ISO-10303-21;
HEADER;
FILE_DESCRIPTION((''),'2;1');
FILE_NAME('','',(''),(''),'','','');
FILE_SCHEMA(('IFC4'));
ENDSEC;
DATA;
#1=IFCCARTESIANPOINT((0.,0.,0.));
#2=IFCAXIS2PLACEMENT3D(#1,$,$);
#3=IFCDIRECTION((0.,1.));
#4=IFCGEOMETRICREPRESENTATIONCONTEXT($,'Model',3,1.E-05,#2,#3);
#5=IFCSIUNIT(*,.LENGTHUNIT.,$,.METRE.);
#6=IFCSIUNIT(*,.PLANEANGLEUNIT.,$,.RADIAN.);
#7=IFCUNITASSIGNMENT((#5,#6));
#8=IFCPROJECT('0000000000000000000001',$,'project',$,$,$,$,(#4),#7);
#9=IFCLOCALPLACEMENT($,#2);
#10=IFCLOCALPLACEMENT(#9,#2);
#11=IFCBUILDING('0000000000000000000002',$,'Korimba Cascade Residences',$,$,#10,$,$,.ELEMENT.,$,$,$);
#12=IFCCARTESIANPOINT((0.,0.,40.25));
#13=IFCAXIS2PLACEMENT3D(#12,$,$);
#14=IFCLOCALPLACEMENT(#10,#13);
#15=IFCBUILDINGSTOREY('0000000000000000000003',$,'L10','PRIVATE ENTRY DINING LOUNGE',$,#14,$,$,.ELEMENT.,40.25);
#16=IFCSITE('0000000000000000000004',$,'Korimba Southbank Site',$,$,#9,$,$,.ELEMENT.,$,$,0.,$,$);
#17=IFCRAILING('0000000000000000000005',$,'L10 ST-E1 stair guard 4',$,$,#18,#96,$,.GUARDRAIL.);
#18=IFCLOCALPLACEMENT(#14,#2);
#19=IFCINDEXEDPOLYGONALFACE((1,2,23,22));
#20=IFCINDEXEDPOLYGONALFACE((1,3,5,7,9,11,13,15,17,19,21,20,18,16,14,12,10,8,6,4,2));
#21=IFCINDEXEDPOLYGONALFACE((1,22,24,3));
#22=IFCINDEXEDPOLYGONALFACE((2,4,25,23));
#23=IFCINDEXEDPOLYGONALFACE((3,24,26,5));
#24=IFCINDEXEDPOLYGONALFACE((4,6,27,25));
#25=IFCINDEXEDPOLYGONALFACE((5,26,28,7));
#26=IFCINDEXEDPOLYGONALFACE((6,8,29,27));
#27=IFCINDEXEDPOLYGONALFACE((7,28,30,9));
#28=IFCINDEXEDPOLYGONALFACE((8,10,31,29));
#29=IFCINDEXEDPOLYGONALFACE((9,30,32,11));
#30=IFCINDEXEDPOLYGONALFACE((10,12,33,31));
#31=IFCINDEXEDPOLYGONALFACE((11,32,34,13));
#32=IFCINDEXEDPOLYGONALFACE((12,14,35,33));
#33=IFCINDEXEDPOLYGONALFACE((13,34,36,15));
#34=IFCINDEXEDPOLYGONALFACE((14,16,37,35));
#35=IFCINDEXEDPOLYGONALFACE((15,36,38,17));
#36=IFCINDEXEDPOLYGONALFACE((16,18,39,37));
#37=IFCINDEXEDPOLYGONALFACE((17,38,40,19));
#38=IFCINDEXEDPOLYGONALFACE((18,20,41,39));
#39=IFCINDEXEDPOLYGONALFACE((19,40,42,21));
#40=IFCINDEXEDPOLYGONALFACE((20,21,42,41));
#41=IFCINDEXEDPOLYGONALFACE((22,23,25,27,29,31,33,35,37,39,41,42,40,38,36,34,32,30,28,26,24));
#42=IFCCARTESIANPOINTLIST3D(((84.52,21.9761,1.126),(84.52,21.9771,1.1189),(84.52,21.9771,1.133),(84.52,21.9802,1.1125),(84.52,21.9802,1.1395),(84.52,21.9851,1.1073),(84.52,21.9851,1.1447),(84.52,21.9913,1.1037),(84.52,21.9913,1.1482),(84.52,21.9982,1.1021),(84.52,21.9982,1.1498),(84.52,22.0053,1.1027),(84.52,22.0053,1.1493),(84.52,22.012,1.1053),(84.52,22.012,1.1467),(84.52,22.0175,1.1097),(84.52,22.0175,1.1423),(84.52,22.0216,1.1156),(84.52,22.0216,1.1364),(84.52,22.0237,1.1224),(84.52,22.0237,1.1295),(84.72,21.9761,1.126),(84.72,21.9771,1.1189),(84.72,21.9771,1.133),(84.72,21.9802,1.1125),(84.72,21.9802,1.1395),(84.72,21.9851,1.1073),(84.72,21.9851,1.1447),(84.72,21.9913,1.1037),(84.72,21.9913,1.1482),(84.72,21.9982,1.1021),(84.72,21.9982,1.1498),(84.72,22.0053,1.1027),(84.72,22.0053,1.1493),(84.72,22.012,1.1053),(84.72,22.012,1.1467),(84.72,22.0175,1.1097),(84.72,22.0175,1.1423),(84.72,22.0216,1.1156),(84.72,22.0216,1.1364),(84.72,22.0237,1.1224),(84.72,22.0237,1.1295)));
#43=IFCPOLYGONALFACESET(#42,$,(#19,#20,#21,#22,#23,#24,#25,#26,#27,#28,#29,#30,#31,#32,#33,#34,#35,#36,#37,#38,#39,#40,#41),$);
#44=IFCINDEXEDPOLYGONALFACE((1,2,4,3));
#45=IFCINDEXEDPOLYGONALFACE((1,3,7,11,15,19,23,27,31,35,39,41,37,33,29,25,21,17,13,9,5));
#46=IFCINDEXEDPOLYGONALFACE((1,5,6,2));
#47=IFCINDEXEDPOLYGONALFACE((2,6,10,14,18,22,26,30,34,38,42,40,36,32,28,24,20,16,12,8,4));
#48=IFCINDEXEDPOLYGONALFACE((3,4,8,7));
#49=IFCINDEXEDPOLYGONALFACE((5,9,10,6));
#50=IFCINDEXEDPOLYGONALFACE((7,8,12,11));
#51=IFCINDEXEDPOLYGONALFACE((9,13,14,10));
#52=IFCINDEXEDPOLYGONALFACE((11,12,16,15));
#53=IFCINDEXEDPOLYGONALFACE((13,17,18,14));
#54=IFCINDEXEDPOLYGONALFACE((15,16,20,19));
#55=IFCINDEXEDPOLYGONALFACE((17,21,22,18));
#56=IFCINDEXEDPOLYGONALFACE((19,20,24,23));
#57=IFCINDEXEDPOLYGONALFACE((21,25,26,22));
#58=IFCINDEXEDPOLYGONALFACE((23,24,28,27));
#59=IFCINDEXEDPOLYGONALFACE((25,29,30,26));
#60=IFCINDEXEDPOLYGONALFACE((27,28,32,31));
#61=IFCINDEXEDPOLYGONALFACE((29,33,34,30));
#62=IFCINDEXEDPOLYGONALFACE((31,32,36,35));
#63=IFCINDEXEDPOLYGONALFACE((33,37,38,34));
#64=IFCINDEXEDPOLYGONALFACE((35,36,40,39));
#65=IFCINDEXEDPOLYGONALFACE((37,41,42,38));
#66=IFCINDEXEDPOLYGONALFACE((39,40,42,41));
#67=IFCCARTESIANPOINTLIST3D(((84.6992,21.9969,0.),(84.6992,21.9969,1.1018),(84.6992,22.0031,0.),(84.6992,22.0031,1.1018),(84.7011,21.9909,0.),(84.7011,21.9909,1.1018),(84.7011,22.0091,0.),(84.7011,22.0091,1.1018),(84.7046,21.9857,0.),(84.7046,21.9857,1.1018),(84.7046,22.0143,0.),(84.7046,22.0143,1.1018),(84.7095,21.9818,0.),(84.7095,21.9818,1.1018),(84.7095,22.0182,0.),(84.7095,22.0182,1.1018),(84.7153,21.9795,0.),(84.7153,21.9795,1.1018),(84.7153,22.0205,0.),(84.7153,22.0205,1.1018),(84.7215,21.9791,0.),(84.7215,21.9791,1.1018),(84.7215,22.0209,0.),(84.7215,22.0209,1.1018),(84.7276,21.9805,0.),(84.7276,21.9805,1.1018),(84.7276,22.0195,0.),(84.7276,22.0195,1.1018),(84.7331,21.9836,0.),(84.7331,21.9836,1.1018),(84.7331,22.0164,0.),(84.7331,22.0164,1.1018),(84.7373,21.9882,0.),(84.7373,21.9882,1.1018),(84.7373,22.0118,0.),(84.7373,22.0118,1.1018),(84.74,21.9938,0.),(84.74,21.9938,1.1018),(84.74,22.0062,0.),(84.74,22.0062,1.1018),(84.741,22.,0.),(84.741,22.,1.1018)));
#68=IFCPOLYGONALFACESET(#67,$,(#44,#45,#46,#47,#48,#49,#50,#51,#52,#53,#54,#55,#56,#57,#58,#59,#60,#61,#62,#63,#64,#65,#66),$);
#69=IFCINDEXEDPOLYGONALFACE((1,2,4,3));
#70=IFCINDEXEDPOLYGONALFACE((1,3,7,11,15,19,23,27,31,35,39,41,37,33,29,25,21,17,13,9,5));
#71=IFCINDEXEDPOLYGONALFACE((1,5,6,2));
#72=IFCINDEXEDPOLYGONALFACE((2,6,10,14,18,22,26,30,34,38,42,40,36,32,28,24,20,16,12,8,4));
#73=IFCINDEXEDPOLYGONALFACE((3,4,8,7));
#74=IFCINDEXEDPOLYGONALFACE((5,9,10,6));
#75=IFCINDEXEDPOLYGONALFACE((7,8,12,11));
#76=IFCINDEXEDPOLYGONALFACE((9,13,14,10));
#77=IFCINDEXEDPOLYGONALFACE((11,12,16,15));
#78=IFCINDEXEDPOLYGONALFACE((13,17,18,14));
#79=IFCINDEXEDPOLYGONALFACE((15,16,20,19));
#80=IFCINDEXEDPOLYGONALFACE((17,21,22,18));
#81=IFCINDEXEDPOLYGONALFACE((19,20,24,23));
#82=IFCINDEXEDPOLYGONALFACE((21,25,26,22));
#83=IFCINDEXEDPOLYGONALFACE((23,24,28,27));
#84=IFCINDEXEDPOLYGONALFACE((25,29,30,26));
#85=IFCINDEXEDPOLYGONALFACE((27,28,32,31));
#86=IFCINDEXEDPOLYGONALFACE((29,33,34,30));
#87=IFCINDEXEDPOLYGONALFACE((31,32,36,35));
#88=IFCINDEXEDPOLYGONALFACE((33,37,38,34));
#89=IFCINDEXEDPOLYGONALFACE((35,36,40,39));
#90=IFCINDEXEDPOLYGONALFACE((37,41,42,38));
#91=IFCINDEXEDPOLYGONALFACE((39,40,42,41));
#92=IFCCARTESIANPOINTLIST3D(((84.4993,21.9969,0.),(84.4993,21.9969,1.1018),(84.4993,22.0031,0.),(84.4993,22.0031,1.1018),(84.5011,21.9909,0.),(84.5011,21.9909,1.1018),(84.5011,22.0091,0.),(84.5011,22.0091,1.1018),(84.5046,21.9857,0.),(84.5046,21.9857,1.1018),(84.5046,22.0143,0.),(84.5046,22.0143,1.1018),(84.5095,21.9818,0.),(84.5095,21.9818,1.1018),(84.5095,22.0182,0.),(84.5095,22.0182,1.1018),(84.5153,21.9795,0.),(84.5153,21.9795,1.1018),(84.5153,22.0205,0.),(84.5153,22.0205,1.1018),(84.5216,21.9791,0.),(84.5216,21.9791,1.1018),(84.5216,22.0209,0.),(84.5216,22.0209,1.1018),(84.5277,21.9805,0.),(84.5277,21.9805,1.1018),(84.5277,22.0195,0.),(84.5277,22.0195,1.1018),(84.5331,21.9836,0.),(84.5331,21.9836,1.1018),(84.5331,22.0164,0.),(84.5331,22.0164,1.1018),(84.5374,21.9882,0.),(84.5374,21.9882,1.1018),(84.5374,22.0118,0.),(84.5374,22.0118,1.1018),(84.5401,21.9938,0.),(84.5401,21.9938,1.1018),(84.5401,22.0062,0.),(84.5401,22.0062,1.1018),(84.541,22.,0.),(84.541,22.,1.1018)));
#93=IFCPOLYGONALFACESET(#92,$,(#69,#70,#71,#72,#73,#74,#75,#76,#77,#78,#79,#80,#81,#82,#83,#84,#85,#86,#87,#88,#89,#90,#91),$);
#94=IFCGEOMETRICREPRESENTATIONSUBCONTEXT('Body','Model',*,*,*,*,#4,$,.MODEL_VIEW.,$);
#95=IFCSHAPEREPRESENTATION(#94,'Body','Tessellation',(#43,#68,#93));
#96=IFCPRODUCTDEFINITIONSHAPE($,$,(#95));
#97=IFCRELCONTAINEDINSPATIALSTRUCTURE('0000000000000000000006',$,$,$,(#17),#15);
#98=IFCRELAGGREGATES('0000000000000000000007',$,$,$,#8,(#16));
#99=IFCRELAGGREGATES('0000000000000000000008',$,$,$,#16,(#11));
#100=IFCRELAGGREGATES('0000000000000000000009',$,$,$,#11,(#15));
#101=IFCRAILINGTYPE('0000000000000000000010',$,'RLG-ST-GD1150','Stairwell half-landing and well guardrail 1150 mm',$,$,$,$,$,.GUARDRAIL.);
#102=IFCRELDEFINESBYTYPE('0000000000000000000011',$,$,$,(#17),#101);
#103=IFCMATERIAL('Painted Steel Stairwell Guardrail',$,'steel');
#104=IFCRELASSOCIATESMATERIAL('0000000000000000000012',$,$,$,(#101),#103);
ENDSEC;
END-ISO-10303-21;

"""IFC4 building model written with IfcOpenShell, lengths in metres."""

from ifc_helpers import new_model, si_unit, direction, frame, origin, origin_2d, place, context, subcontext, project, spatial, circle, extrude, material, type_object, element, save


model = new_model("IFC4")

# Units and contexts
model_context = context("Model", 3, precision=1e-05, world=origin(), true_north=direction((0.0, 1.0)))
body_context = subcontext(model_context, "Body", "Model", "MODEL_VIEW")
ifc_project = project(units=[si_unit("LENGTHUNIT", "METRE"), si_unit("PLANEANGLEUNIT", "RADIAN")], contexts=[model_context])

# Site, building, storey
site_placement = place(None, origin())
site = spatial("IfcSite", under=ifc_project, at=site_placement, Name="Korimba Southbank Site", CompositionType="ELEMENT", RefElevation=0.0)
building_placement = place(site_placement, origin())
building = spatial("IfcBuilding", under=site, at=building_placement, Name="Korimba Cascade Residences", CompositionType="ELEMENT")
storey_placement = place(building_placement, frame((0.0, 0.0, 40.25)))
storey = spatial("IfcBuildingStorey", under=building, at=storey_placement, Name="L10", Description="PRIVATE ENTRY DINING LOUNGE", CompositionType="ELEMENT", Elevation=40.25)

# Railing
ifc_material_1 = material(Name="Painted Steel Stairwell Guardrail", Category="steel")
railing_type_1 = type_object("IfcRailingType", Name="RLG-ST-GD1150", Description="Stairwell half-landing and well guardrail 1150 mm", PredefinedType="GUARDRAIL", material=ifc_material_1)
railing_1_placement = place(storey_placement, frame((84.72, 22.0, 0.0)))
element("IfcRailing", 1, at=railing_1_placement, inside=storey, type_object=railing_type_1, Name="L10 ST-E1 stair guard 4", PredefinedType="GUARDRAIL", context=body_context, shape_type="SweptSolid", body=[
    extrude(circle(Radius=0.0239, at=origin_2d()), frame((0.0, 0.0, 1.126), z_axis=(-1.0, 0.0, 0.0), x_axis=(0.0, -1.0, 0.0)), (0.0, 0.0, 1.0), 0.2),
    extrude(circle(Radius=0.021, at=origin_2d()), origin(), (0.0, 0.0, 1.0), 1.1018),
    extrude(circle(Radius=0.021, at=origin_2d()), frame((-0.2, 0.0, 0.0)), (0.0, 0.0, 1.0), 1.1018),
])

save(model, "model.ifc")
